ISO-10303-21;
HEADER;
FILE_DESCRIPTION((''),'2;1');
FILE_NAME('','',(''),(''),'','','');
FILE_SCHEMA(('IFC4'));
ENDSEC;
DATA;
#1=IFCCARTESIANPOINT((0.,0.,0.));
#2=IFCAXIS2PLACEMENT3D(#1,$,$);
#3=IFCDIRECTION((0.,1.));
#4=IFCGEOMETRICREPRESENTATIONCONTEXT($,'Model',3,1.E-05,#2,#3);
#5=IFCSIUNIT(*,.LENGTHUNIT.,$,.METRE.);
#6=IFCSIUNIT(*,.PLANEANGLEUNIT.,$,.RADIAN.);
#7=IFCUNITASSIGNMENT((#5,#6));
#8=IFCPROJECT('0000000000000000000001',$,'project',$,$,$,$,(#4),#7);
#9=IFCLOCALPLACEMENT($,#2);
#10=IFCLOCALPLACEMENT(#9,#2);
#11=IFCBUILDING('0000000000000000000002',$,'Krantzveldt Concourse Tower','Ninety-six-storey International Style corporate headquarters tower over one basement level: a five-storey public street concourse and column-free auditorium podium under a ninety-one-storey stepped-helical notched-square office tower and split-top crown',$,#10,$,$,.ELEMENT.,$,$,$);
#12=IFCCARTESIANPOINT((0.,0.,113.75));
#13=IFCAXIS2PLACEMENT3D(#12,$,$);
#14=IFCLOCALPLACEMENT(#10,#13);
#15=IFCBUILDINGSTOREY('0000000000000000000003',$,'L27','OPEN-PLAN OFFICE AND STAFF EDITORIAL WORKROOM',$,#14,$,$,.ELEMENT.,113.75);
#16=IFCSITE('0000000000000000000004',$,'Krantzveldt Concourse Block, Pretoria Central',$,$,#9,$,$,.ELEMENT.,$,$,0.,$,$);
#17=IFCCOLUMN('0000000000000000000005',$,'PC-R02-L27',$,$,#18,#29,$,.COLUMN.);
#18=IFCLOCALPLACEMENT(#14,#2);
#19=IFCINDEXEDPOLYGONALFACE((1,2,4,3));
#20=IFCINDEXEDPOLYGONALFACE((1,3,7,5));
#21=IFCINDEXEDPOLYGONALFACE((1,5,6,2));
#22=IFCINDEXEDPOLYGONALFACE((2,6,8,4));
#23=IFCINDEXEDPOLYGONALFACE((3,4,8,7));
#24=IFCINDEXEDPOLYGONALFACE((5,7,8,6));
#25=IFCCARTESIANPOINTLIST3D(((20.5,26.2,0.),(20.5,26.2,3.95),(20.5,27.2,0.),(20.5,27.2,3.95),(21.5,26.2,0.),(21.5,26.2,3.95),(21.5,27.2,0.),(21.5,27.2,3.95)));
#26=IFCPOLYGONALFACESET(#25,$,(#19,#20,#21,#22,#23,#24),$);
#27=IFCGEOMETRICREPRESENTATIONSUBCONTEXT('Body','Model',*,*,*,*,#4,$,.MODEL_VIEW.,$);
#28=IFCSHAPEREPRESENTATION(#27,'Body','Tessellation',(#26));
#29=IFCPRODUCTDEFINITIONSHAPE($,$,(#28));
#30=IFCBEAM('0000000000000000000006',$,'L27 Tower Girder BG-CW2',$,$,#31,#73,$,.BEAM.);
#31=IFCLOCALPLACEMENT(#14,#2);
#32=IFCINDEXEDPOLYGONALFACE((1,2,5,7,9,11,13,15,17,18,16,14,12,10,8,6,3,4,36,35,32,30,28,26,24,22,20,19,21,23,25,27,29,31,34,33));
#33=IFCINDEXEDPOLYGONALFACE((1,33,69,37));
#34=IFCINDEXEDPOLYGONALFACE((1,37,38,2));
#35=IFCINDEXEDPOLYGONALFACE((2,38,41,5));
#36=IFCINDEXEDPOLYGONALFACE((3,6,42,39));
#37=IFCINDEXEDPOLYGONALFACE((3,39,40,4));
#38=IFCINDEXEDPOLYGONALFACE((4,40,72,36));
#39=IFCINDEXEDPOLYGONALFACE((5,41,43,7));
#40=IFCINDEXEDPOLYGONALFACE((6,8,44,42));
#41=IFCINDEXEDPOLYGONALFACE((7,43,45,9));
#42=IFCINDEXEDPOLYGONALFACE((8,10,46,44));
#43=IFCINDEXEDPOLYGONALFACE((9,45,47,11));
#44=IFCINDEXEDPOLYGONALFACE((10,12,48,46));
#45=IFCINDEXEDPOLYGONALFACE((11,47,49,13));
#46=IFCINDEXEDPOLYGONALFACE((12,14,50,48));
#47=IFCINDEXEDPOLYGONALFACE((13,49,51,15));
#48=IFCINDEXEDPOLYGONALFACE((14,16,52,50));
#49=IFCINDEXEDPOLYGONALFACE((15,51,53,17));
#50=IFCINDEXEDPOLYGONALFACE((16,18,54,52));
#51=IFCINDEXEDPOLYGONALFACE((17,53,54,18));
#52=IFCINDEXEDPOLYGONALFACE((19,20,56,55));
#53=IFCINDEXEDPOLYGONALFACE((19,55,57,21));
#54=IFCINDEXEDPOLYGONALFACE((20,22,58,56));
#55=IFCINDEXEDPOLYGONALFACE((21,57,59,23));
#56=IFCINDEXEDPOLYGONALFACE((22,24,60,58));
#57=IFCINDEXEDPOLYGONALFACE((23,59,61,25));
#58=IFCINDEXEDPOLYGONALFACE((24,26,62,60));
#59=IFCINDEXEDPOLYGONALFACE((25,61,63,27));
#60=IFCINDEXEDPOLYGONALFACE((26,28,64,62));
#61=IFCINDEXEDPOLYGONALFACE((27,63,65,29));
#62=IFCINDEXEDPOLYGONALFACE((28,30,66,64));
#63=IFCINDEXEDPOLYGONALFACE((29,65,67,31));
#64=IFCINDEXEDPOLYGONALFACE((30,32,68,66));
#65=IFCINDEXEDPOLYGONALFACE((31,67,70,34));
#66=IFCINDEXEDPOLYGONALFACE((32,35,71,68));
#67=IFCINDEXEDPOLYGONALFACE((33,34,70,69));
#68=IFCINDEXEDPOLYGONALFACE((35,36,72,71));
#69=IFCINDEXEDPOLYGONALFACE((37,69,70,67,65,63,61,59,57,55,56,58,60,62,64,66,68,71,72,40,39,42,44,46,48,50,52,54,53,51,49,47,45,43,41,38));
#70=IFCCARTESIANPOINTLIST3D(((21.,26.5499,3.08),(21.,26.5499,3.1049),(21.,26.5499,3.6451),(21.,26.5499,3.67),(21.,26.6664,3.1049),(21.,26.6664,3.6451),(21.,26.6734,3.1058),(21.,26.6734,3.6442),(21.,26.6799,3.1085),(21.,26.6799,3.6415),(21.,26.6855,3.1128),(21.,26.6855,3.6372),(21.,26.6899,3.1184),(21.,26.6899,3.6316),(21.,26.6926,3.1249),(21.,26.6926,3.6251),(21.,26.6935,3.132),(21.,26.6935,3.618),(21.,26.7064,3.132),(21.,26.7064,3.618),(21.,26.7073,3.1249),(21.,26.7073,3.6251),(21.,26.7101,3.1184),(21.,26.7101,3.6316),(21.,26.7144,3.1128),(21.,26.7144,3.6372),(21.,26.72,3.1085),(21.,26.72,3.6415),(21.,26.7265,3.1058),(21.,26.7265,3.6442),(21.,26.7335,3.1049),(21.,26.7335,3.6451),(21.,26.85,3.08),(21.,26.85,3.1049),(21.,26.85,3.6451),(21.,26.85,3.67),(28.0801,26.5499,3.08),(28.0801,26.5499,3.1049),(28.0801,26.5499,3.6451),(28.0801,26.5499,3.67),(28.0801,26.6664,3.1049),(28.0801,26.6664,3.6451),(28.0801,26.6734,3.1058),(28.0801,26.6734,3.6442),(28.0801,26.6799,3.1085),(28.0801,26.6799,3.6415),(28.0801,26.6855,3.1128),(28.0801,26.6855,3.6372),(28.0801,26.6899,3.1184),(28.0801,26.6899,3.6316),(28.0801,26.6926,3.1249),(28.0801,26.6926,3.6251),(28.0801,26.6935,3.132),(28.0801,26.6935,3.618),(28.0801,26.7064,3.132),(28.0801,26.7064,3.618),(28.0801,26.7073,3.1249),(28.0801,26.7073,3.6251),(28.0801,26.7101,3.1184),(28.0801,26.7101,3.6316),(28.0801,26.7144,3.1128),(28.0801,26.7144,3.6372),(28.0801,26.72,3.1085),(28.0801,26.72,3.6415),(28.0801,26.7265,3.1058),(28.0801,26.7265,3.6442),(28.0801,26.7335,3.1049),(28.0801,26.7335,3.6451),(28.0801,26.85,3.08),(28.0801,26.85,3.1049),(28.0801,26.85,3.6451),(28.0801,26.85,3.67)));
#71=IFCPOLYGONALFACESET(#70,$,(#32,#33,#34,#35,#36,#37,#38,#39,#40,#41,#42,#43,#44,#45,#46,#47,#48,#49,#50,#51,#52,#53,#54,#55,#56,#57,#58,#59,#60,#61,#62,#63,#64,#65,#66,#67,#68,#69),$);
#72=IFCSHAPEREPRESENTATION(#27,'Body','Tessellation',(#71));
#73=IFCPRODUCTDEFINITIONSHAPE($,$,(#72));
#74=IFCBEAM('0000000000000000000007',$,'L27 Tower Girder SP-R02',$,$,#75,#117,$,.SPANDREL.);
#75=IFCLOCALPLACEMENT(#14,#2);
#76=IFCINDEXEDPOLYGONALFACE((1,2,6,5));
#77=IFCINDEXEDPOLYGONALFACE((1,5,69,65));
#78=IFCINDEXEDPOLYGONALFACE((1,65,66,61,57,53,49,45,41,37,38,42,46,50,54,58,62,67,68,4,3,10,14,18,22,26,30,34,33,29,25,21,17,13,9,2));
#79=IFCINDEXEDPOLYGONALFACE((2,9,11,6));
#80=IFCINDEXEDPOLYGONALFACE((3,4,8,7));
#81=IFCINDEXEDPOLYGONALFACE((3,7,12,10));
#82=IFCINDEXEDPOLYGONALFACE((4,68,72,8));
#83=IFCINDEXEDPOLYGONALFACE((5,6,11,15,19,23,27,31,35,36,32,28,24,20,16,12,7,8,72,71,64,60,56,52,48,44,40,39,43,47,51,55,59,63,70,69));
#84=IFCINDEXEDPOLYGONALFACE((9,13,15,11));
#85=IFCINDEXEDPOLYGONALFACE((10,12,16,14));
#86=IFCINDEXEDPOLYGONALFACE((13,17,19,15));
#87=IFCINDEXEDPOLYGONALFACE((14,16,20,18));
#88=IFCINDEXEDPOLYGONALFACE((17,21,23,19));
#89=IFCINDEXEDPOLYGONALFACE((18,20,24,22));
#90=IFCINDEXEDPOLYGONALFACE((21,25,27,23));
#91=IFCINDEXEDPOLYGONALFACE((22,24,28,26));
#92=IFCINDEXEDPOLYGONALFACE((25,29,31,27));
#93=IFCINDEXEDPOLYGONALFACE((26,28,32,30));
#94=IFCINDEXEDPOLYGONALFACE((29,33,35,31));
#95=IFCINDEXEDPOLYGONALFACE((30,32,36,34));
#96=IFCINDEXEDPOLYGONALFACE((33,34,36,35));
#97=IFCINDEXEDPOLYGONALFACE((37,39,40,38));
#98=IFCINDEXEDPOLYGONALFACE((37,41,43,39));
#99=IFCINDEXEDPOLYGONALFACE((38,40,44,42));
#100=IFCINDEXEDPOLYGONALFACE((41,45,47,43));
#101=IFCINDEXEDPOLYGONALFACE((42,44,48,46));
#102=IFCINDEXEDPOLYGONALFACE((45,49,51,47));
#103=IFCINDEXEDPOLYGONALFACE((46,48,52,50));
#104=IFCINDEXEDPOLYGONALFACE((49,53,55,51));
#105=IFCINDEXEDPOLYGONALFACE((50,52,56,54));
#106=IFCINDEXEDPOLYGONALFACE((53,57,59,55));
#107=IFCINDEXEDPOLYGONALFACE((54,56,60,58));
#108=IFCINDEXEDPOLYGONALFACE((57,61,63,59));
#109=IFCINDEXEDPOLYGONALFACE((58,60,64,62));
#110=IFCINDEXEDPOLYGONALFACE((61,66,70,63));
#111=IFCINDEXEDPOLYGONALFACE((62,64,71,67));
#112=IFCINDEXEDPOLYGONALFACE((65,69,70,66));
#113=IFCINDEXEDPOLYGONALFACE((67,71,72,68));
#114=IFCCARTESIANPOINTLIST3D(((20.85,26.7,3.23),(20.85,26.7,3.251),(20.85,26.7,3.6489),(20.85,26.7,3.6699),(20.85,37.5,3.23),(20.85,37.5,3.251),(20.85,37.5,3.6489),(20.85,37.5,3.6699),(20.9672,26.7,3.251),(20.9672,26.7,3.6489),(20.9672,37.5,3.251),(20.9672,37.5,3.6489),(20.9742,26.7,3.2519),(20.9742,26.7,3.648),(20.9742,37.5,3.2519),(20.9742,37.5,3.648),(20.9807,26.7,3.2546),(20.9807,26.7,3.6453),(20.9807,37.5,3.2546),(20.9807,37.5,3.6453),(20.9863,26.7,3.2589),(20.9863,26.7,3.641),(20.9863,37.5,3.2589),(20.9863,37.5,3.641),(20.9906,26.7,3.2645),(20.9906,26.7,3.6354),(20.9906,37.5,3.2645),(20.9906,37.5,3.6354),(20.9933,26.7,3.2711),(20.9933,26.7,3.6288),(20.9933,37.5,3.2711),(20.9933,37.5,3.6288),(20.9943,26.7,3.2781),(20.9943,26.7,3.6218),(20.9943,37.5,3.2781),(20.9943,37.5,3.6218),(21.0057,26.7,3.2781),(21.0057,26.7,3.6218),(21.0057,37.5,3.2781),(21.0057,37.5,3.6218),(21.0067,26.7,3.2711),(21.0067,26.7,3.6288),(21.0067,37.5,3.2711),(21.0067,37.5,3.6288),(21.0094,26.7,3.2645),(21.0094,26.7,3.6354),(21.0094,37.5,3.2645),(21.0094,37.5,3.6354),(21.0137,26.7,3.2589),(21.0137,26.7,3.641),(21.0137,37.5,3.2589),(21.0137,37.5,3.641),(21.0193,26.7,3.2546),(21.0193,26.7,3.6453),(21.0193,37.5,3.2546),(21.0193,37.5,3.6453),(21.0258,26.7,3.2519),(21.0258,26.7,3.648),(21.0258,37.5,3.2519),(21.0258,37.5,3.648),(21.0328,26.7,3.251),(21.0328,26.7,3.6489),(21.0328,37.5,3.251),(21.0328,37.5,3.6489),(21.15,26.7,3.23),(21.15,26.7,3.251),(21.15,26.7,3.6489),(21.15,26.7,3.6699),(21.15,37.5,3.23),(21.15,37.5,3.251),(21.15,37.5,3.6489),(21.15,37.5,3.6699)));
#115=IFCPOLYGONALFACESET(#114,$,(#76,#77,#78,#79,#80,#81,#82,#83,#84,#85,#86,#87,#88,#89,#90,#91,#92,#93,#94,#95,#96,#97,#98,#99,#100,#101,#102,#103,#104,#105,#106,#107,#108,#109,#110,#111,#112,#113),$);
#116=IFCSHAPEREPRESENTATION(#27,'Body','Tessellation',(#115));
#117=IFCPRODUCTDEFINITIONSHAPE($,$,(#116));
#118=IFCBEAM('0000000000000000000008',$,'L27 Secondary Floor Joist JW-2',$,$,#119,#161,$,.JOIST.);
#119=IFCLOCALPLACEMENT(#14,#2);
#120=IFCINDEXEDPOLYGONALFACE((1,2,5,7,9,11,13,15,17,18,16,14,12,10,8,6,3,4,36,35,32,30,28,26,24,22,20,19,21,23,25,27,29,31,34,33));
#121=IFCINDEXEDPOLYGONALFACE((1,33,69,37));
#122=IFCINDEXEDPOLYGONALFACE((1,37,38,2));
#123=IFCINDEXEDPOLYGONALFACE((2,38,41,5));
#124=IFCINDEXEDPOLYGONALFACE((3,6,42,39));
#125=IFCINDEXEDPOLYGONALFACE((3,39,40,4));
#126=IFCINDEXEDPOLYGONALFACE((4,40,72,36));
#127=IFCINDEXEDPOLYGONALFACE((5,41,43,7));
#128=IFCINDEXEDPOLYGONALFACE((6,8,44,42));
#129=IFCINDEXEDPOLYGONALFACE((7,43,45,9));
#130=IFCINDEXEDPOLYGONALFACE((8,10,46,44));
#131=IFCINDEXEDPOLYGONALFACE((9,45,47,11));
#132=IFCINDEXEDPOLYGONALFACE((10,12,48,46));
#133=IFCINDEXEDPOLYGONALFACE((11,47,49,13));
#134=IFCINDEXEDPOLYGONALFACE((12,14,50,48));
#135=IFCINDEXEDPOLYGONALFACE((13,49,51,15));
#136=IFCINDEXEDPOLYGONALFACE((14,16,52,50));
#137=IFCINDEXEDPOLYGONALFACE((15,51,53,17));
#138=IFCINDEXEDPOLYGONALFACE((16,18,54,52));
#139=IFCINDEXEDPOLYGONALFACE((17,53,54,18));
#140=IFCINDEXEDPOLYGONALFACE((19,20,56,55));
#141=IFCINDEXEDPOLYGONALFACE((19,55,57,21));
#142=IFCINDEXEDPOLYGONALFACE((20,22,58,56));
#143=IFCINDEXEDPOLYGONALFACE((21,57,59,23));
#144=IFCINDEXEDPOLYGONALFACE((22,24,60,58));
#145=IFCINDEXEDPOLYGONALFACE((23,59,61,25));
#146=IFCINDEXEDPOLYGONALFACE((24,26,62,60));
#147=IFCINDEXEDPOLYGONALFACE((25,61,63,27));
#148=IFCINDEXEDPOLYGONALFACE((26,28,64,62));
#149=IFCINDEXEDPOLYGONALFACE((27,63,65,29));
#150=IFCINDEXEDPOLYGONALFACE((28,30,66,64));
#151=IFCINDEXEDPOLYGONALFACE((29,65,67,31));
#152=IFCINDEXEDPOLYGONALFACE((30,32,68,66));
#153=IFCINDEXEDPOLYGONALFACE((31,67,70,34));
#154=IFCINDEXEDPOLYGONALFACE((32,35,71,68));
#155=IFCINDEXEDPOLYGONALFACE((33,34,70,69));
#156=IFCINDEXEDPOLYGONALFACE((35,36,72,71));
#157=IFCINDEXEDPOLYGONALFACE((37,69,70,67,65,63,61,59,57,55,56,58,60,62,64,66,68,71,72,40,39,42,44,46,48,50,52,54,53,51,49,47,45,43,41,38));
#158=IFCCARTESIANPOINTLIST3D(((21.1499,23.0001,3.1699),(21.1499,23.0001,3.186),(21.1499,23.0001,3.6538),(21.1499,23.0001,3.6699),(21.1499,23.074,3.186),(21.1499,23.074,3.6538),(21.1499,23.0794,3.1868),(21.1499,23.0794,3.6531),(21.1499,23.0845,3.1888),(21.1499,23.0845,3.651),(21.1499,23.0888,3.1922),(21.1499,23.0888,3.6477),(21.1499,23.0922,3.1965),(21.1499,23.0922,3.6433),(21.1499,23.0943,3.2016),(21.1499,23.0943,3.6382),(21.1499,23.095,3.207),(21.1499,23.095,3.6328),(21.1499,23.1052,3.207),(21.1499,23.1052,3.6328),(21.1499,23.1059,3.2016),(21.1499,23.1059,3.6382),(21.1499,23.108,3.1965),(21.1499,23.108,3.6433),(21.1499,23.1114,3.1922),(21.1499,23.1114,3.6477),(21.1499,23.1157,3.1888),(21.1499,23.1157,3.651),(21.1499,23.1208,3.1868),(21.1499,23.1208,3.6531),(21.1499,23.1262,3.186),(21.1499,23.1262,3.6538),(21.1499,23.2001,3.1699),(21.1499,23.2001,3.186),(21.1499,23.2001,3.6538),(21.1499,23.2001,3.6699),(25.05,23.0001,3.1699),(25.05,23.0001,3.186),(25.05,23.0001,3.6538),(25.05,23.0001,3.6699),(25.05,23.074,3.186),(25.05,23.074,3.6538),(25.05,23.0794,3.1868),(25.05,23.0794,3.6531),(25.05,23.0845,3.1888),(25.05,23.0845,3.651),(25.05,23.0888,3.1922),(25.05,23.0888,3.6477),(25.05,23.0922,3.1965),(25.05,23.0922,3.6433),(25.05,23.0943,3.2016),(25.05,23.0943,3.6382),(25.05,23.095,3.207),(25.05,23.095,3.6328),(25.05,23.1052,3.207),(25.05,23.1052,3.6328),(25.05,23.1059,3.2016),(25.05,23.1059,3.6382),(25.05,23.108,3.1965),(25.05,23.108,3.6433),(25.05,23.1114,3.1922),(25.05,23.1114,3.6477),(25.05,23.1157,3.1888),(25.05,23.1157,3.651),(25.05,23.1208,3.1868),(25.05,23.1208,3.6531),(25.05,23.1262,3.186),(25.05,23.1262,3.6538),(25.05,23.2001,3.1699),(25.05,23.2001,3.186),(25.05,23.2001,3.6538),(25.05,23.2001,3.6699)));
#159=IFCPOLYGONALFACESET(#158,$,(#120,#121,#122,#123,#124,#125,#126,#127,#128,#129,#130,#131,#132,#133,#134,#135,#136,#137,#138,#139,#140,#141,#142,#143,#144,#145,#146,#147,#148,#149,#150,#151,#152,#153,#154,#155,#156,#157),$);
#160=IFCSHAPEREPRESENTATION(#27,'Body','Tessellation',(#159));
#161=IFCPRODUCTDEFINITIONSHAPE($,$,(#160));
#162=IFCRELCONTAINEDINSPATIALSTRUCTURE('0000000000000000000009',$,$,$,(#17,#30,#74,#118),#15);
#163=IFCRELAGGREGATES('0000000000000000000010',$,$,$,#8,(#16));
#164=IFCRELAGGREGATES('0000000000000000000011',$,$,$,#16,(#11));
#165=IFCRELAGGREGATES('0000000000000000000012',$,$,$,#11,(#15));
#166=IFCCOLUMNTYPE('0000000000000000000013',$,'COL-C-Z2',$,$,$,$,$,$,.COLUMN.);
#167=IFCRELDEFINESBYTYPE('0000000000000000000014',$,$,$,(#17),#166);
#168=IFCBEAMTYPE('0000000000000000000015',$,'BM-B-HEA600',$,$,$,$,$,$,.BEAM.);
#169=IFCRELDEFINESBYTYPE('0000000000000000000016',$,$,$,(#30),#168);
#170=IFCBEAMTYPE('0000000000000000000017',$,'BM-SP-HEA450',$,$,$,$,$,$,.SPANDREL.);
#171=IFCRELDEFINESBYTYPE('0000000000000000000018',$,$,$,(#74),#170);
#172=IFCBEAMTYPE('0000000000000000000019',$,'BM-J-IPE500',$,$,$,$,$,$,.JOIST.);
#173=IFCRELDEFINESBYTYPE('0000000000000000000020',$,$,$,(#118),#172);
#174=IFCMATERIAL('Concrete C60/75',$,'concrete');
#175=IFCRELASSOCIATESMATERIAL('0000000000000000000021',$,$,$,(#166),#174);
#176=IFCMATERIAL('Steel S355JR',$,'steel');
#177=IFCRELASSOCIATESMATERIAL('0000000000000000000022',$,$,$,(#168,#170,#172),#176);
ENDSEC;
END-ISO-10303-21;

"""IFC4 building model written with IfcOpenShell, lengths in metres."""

from ifc_helpers import new_model, si_unit, direction, frame, origin, origin_2d, place, context, subcontext, project, spatial, rectangle, i_section, extrude, source, transform, mapped, material, material_profile, profile_set, type_object, type_shapes, element, save


model = new_model("IFC4")

# Units and contexts
model_context = context("Model", 3, precision=1e-05, world=origin(), true_north=direction((0.0, 1.0)))
body_context = subcontext(model_context, "Body", "Model", "MODEL_VIEW")
ifc_project = project(units=[si_unit("LENGTHUNIT", "METRE"), si_unit("PLANEANGLEUNIT", "RADIAN")], contexts=[model_context])

# Site, building, storey
site_placement = place(None, origin())
site = spatial("IfcSite", under=ifc_project, at=site_placement, Name="Krantzveldt Concourse Block, Pretoria Central", CompositionType="ELEMENT", RefElevation=0.0)
building_placement = place(site_placement, origin())
building = spatial("IfcBuilding", under=site, at=building_placement, Name="Krantzveldt Concourse Tower", Description="Ninety-six-storey International Style corporate headquarters tower over one basement level: a five-storey public street concourse and column-free auditorium podium under a ninety-one-storey stepped-helical notched-square office tower and split-top crown", CompositionType="ELEMENT")
storey_placement = place(building_placement, frame((0.0, 0.0, 113.75)))
storey = spatial("IfcBuildingStorey", under=building, at=storey_placement, Name="L27", Description="OPEN-PLAN OFFICE AND STAFF EDITORIAL WORKROOM", CompositionType="ELEMENT", Elevation=113.75)

# Column
ifc_material_1 = material(Name="Concrete C60/75", Category="concrete")
ifc_material_profile_1 = material_profile(ifc_material_1, rectangle(XDim=1.0, YDim=1.0, at=origin_2d()), Name="Concrete C60/75", Category="concrete")
ifc_profile_set_1 = profile_set([ifc_material_profile_1], Name="Concrete C60/75 - RC 1000x1000")
column_type = type_object("IfcColumnType", Name="COL-C-Z2", PredefinedType="COLUMN", material=ifc_profile_set_1)
shared_shape_1 = source(origin(), body_context, "Body", "SweptSolid", [
    extrude(rectangle(XDim=1.0, YDim=1.0, at=origin_2d()), origin(), (0.0, 0.0, 1.0), 3.95),
])
type_shapes(column_type, [shared_shape_1])
column_placement = place(storey_placement, frame((21.0, 26.7, 0.0), z_axis=(0.0, 0.0, 1.0), x_axis=(1.0, 0.0, 0.0)))
element("IfcColumn", 1, at=column_placement, inside=storey, type_object=column_type, Name="PC-R02-L27", PredefinedType="COLUMN", context=body_context, shape_type="MappedRepresentation", body=[
    mapped(shared_shape_1, transform((0.0, 0.0, 0.0), x_axis=(1.0, 0.0, 0.0), y_axis=(0.0, 1.0, 0.0), z_axis=(0.0, 0.0, 1.0), scale=1.0)),
])

# Beams
ifc_material_2 = material(Name="Steel S355JR", Category="steel")
ifc_material_profile_2 = material_profile(ifc_material_2, i_section(OverallWidth=0.3, OverallDepth=0.5901, WebThickness=0.0129, FlangeThickness=0.0249, FilletRadius=0.0271, at=origin_2d()), Name="Steel S355JR", Category="steel")
ifc_profile_set_2 = profile_set([ifc_material_profile_2], Name="Steel S355JR - HEA 600")
beam_type_1 = type_object("IfcBeamType", Name="BM-B-HEA600", PredefinedType="BEAM", material=ifc_profile_set_2)
shared_shape_2 = source(origin(), body_context, "Body", "SweptSolid", [
    extrude(i_section(OverallWidth=0.3, OverallDepth=0.5901, WebThickness=0.0129, FlangeThickness=0.0249, FilletRadius=0.0271, at=origin_2d()), origin(), (0.0, 0.0, 1.0), 7.0801),
])
type_shapes(beam_type_1, [shared_shape_2])
beam_1_placement = place(storey_placement, frame((21.0, 26.7, 3.375), z_axis=(1.0, 0.0, 0.0), x_axis=(0.0, 1.0, 0.0)))
element("IfcBeam", 2, at=beam_1_placement, inside=storey, type_object=beam_type_1, Name="L27 Tower Girder BG-CW2", PredefinedType="BEAM", context=body_context, shape_type="MappedRepresentation", body=[
    mapped(shared_shape_2, transform((0.0, 0.0, 0.0), x_axis=(1.0, 0.0, 0.0), y_axis=(0.0, 1.0, 0.0), z_axis=(0.0, 0.0, 1.0), scale=1.0)),
])
ifc_material_profile_3 = material_profile(ifc_material_2, i_section(OverallWidth=0.3, OverallDepth=0.4399, WebThickness=0.0115, FlangeThickness=0.021, FilletRadius=0.0271, at=origin_2d()), Name="Steel S355JR", Category="steel")
ifc_profile_set_3 = profile_set([ifc_material_profile_3], Name="Steel S355JR - HEA 450")
beam_type_2 = type_object("IfcBeamType", Name="BM-SP-HEA450", PredefinedType="SPANDREL", material=ifc_profile_set_3)
shared_shape_3 = source(origin(), body_context, "Body", "SweptSolid", [
    extrude(i_section(OverallWidth=0.3, OverallDepth=0.4399, WebThickness=0.0115, FlangeThickness=0.021, FilletRadius=0.0271, at=origin_2d()), origin(), (0.0, 0.0, 1.0), 10.8),
])
type_shapes(beam_type_2, [shared_shape_3])
beam_2_placement = place(storey_placement, frame((21.0, 26.7, 3.45), z_axis=(0.0, 1.0, 0.0), x_axis=(-1.0, 0.0, 0.0)))
element("IfcBeam", 3, at=beam_2_placement, inside=storey, type_object=beam_type_2, Name="L27 Tower Girder SP-R02", PredefinedType="SPANDREL", context=body_context, shape_type="MappedRepresentation", body=[
    mapped(shared_shape_3, transform((0.0, 0.0, 0.0), x_axis=(1.0, 0.0, 0.0), y_axis=(0.0, 1.0, 0.0), z_axis=(0.0, 0.0, 1.0), scale=1.0)),
])
ifc_material_profile_4 = material_profile(ifc_material_2, i_section(OverallWidth=0.2, OverallDepth=0.5, WebThickness=0.0103, FlangeThickness=0.0161, FilletRadius=0.021, at=origin_2d()), Name="Steel S355JR", Category="steel")
ifc_profile_set_4 = profile_set([ifc_material_profile_4], Name="Steel S355JR - IPE 500")
beam_type_3 = type_object("IfcBeamType", Name="BM-J-IPE500", PredefinedType="JOIST", material=ifc_profile_set_4)
shared_shape_4 = source(origin(), body_context, "Body", "SweptSolid", [
    extrude(i_section(OverallWidth=0.2, OverallDepth=0.5, WebThickness=0.0103, FlangeThickness=0.0161, FilletRadius=0.021, at=origin_2d()), origin(), (0.0, 0.0, 1.0), 3.9001),
])
type_shapes(beam_type_3, [shared_shape_4])
beam_3_placement = place(storey_placement, frame((21.1499, 23.1001, 3.4199), z_axis=(1.0, 0.0, 0.0), x_axis=(0.0, 1.0, 0.0)))
element("IfcBeam", 4, at=beam_3_placement, inside=storey, type_object=beam_type_3, Name="L27 Secondary Floor Joist JW-2", PredefinedType="JOIST", context=body_context, shape_type="MappedRepresentation", body=[
    mapped(shared_shape_4, transform((0.0, 0.0, 0.0), x_axis=(1.0, 0.0, 0.0), y_axis=(0.0, 1.0, 0.0), z_axis=(0.0, 0.0, 1.0), scale=1.0)),
])

save(model, "model.ifc")
